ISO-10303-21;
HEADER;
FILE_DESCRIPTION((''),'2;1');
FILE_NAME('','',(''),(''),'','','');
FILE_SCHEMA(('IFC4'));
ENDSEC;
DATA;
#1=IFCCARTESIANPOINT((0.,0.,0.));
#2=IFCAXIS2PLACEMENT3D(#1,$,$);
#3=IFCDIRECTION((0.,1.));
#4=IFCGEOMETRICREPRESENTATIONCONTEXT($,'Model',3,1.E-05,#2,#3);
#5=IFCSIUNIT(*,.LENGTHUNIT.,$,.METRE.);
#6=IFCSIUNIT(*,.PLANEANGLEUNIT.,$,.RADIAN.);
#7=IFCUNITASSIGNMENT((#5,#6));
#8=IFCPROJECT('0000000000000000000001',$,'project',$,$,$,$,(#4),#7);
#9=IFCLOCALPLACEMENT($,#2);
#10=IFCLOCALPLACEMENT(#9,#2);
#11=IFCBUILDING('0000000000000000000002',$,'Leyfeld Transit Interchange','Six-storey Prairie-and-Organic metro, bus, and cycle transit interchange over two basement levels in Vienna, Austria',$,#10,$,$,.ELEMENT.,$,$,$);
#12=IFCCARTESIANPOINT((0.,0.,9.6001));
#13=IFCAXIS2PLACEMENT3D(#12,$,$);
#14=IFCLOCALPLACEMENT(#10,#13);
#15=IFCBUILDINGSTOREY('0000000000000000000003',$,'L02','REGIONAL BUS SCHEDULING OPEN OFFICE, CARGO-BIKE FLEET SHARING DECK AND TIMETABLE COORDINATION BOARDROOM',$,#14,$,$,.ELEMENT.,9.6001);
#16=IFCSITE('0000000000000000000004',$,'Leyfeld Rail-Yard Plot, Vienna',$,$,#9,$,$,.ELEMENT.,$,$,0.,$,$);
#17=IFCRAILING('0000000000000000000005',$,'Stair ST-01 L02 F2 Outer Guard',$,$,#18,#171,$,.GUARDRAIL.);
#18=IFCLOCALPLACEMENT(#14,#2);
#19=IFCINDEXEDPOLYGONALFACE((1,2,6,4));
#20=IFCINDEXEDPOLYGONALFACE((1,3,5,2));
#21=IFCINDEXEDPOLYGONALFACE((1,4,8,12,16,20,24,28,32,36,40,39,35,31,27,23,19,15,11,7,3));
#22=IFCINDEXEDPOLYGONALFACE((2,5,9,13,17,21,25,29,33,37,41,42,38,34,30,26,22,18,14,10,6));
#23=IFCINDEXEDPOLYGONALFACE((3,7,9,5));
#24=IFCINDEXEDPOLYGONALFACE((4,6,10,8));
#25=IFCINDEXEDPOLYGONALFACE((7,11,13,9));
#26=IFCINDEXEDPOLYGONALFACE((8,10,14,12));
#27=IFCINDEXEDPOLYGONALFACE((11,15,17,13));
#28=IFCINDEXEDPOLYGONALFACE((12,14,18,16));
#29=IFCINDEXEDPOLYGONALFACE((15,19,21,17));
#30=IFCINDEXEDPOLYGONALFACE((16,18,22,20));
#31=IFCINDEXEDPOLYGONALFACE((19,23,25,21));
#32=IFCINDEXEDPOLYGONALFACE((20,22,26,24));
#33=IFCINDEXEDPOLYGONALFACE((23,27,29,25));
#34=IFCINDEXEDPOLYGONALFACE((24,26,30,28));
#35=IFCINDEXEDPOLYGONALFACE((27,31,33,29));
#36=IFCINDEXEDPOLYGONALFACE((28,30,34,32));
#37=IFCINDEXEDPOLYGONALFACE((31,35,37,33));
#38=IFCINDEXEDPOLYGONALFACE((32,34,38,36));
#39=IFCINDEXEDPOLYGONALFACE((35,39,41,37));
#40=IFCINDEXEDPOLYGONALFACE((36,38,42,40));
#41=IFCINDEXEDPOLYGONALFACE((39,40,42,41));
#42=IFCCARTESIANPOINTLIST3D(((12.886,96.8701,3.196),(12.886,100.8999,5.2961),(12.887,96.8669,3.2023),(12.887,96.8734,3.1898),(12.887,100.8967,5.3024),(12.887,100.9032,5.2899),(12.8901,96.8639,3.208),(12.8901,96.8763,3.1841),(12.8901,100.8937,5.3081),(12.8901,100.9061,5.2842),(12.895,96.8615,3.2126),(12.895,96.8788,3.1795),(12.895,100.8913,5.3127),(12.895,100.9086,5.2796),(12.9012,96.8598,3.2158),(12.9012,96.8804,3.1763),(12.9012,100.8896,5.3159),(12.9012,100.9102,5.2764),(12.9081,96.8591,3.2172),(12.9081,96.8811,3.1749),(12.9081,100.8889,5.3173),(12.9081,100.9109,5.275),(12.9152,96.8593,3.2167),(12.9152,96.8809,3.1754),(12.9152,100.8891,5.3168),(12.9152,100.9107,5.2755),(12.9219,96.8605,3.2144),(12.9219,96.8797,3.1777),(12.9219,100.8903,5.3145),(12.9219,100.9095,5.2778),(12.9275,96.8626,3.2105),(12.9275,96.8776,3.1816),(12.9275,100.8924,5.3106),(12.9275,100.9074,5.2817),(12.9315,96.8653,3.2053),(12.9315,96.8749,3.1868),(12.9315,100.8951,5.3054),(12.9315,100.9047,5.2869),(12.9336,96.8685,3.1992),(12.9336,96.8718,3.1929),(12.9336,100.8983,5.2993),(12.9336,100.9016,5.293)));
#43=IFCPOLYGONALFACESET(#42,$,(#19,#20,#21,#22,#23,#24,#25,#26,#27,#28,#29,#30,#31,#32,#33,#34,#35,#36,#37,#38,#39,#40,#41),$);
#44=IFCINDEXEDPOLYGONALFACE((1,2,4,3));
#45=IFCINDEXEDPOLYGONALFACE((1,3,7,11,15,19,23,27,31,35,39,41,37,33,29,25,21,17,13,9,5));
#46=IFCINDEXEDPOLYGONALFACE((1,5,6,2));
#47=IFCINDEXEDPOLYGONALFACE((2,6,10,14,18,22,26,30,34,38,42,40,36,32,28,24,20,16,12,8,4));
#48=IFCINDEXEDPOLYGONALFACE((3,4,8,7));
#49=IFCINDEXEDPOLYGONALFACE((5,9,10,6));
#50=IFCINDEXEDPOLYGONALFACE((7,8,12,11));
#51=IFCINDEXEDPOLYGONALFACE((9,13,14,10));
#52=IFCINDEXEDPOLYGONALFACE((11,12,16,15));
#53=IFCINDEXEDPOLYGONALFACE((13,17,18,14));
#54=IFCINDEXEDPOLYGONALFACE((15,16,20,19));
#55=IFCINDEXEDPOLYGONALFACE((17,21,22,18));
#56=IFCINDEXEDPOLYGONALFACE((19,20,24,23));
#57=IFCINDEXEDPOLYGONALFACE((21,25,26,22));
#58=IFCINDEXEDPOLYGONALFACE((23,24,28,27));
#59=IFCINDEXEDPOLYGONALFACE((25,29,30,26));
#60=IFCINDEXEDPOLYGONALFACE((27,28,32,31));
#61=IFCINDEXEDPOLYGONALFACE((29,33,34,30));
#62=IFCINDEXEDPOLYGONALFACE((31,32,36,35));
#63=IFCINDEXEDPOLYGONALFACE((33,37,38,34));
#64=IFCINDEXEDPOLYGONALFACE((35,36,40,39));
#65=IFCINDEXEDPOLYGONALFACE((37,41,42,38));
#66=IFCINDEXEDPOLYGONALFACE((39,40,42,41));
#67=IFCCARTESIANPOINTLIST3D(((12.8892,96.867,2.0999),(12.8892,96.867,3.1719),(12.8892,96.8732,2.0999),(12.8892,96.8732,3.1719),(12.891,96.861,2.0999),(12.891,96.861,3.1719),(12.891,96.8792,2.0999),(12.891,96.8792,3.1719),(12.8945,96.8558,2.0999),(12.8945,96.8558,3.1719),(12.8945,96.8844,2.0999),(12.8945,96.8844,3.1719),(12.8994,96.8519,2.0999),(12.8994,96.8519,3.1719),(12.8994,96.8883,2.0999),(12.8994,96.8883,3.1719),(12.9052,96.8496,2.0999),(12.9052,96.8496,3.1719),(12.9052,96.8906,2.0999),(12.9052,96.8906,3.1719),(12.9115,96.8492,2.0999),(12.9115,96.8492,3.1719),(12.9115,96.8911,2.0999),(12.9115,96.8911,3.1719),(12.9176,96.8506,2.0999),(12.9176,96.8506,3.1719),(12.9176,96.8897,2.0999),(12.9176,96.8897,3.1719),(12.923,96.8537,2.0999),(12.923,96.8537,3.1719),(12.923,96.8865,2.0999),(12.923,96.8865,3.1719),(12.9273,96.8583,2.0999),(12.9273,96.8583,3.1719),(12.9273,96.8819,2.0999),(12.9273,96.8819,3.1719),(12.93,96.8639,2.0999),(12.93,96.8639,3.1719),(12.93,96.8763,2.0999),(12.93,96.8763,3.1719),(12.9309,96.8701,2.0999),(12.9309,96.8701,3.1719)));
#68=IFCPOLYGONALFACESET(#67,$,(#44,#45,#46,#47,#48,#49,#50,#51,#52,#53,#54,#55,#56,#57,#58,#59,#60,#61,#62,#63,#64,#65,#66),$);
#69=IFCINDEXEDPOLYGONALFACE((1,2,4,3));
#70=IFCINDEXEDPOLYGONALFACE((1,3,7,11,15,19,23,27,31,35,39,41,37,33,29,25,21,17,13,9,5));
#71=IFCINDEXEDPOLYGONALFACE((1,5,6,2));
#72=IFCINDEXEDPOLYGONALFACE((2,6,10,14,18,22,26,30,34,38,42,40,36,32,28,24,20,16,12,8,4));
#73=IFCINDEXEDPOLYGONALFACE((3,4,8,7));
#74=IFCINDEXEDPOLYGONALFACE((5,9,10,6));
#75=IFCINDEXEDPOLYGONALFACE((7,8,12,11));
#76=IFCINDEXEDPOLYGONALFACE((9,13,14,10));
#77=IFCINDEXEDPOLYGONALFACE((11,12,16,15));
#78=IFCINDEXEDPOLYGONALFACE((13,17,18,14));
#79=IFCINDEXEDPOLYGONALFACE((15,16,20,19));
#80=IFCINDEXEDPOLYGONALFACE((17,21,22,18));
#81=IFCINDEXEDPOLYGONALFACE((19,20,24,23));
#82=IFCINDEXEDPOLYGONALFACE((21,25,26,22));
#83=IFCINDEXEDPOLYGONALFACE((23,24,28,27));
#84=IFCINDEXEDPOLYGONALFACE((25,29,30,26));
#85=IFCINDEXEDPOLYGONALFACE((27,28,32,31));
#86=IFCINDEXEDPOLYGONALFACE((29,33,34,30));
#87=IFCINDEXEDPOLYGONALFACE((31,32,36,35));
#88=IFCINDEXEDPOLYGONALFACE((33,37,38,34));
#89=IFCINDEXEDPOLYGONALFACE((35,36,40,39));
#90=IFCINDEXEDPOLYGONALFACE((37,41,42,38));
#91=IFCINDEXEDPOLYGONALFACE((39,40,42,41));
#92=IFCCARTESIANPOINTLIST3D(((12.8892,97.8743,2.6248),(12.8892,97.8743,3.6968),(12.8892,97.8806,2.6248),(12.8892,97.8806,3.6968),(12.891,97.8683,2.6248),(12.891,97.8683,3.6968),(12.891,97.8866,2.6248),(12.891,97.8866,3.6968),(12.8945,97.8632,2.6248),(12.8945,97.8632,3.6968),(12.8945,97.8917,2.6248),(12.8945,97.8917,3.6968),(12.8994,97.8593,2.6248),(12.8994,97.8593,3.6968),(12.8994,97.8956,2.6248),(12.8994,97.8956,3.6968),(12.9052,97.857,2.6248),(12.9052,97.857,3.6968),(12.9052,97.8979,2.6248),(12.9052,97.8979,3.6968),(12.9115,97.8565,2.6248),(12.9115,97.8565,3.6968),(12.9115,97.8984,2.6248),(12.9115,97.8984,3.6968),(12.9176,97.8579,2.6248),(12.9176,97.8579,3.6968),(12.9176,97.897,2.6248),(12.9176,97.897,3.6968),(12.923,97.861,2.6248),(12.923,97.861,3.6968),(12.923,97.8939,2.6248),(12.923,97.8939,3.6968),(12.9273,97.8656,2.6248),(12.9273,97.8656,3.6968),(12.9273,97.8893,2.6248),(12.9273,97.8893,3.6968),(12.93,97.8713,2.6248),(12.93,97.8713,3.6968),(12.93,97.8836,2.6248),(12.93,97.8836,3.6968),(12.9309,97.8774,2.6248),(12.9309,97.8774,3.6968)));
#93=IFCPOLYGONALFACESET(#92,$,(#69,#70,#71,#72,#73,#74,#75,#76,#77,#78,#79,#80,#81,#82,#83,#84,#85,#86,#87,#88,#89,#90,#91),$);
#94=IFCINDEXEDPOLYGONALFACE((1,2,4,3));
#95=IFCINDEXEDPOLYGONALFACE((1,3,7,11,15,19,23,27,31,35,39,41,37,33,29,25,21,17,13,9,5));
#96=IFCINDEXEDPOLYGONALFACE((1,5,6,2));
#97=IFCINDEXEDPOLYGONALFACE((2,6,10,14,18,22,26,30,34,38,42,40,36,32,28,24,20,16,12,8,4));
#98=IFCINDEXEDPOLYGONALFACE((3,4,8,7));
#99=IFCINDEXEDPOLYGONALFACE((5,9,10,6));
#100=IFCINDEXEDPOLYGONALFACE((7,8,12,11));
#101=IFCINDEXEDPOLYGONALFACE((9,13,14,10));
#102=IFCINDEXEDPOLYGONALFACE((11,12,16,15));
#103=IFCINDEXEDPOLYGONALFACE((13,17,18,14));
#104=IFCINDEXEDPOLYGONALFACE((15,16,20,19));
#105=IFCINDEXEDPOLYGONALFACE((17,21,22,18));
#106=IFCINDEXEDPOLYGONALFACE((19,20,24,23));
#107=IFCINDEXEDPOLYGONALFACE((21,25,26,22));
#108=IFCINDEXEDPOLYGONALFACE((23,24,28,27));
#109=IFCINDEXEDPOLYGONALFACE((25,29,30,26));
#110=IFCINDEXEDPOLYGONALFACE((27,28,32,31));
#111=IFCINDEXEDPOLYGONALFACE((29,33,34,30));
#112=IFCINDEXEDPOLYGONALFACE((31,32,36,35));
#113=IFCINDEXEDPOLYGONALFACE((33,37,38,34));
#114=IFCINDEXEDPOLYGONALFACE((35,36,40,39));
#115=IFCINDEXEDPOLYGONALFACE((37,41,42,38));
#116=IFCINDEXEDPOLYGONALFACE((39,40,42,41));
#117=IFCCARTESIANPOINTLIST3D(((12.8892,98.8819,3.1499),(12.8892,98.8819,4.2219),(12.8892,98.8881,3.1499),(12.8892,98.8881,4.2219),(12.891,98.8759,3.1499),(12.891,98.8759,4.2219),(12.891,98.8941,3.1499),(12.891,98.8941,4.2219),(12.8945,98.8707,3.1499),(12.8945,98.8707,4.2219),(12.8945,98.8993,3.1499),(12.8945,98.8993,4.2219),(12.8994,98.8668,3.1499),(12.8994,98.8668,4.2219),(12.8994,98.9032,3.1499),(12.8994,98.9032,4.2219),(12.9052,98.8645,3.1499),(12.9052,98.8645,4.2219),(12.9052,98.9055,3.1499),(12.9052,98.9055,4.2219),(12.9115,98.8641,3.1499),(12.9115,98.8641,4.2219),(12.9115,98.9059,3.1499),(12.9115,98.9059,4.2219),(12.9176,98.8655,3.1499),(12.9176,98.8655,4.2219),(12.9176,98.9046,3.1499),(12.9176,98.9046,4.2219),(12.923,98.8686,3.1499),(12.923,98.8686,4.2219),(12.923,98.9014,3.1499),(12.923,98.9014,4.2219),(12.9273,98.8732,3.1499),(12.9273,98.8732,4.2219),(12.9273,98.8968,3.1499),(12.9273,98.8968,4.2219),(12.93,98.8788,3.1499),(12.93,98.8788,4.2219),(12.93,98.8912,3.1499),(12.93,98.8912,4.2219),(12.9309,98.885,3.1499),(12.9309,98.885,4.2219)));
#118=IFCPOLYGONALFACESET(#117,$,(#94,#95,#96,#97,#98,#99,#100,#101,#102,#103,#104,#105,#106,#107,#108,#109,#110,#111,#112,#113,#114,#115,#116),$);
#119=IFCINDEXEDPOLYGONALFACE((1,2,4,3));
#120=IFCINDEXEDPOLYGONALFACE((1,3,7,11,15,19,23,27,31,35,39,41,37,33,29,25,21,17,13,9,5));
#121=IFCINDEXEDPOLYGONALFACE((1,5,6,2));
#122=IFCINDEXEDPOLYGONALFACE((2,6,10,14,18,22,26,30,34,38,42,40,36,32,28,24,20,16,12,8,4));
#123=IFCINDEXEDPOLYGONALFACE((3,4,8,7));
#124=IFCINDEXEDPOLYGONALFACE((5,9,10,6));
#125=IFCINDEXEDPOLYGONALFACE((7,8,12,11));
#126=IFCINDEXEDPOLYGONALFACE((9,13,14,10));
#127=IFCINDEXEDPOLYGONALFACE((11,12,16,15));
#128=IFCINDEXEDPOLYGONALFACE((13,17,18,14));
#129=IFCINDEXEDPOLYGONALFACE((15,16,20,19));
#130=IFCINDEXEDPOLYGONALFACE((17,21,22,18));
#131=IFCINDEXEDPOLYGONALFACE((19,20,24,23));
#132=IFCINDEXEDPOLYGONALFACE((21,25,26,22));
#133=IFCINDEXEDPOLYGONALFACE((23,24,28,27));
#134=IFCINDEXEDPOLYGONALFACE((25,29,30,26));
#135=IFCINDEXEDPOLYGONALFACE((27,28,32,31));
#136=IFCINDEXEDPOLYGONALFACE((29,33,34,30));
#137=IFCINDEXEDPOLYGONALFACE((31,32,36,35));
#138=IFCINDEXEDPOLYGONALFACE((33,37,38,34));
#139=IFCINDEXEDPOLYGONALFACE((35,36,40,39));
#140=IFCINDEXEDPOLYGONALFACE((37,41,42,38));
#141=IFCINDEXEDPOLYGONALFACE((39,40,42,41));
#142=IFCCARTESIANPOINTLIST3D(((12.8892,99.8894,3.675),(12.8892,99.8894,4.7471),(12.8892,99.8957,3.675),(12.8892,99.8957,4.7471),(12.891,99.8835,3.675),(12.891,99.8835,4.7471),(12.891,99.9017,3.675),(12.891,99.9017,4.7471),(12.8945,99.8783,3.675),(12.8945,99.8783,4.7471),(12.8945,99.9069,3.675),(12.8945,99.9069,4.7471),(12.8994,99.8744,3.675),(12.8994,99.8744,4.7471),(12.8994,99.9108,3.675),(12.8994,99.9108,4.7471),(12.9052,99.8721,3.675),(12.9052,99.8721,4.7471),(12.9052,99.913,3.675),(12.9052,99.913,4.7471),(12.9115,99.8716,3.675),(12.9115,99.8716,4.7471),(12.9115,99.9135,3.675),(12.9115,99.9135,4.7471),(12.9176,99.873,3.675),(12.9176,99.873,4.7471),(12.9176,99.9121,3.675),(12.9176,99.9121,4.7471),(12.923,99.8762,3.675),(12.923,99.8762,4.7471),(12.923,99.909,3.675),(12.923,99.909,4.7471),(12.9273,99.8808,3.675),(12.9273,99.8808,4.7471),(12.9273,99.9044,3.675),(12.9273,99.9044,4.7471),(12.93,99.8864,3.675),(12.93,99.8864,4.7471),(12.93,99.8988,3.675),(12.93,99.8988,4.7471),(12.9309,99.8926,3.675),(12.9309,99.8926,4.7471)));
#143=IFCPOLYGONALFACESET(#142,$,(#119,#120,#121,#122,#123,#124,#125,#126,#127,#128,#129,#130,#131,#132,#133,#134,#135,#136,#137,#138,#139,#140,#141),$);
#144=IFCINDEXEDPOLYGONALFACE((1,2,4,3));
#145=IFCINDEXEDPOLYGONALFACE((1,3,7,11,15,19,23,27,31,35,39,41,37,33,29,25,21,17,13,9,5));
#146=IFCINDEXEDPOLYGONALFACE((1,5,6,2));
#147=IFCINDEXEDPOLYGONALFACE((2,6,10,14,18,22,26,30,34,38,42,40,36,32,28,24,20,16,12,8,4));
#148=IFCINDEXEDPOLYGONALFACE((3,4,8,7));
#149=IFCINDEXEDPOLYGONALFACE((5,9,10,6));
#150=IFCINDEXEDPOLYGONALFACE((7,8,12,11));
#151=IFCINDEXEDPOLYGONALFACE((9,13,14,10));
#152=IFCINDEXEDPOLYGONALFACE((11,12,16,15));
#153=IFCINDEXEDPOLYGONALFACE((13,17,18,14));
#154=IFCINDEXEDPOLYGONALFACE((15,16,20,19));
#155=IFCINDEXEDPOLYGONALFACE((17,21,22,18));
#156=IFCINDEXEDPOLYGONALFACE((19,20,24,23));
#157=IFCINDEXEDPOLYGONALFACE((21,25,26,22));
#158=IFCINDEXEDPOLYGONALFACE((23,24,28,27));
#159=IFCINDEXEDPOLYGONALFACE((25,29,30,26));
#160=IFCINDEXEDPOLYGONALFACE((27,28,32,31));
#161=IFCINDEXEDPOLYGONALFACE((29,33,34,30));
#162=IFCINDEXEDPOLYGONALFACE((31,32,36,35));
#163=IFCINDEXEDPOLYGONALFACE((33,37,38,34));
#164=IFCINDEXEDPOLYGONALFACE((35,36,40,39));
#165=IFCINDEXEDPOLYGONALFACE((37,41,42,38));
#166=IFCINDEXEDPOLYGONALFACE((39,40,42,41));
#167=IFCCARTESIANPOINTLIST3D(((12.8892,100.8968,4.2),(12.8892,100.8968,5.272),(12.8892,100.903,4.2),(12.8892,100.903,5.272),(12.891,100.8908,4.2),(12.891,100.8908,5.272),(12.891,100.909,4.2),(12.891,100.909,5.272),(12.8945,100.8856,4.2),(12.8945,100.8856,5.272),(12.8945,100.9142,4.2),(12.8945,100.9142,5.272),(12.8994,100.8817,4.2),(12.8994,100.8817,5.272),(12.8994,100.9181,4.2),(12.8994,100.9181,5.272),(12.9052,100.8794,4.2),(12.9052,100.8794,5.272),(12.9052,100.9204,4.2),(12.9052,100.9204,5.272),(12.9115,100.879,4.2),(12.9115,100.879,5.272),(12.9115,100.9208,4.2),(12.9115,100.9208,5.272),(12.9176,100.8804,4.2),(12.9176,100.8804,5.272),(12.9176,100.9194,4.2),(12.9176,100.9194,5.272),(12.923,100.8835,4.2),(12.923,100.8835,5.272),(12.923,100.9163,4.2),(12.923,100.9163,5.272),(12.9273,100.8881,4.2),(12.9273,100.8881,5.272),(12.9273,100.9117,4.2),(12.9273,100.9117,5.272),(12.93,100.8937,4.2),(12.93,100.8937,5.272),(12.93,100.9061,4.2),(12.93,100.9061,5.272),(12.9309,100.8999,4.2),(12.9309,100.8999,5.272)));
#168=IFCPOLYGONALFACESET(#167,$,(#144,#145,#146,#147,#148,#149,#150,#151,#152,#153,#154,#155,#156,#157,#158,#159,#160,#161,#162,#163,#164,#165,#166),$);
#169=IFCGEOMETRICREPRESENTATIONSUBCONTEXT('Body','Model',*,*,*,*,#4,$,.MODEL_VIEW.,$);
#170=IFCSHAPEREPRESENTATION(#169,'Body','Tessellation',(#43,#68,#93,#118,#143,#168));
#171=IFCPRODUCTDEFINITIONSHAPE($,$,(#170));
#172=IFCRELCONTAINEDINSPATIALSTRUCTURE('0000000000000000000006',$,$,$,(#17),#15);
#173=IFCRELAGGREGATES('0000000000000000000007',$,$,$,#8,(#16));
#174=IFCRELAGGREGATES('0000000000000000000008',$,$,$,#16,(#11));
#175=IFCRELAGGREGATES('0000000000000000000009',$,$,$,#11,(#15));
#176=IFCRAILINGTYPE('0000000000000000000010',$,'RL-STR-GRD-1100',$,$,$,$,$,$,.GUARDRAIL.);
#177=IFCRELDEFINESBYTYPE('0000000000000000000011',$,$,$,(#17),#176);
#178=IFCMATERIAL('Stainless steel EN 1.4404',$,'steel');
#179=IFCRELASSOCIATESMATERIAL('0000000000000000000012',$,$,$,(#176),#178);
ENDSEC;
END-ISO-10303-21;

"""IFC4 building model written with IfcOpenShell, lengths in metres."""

from ifc_helpers import new_model, si_unit, direction, frame, origin, origin_2d, place, context, subcontext, project, spatial, circle, extrude, material, type_object, element, save


model = new_model("IFC4")

# Units and contexts
model_context = context("Model", 3, precision=1e-05, world=origin(), true_north=direction((0.0, 1.0)))
body_context = subcontext(model_context, "Body", "Model", "MODEL_VIEW")
ifc_project = project(units=[si_unit("LENGTHUNIT", "METRE"), si_unit("PLANEANGLEUNIT", "RADIAN")], contexts=[model_context])

# Site, building, storey
site_placement = place(None, origin())
site = spatial("IfcSite", under=ifc_project, at=site_placement, Name="Leyfeld Rail-Yard Plot, Vienna", CompositionType="ELEMENT", RefElevation=0.0)
building_placement = place(site_placement, origin())
building = spatial("IfcBuilding", under=site, at=building_placement, Name="Leyfeld Transit Interchange", Description="Six-storey Prairie-and-Organic metro, bus, and cycle transit interchange over two basement levels in Vienna, Austria", CompositionType="ELEMENT")
storey_placement = place(building_placement, frame((0.0, 0.0, 9.6001)))
storey = spatial("IfcBuildingStorey", under=building, at=storey_placement, Name="L02", Description="REGIONAL BUS SCHEDULING OPEN OFFICE, CARGO-BIKE FLEET SHARING DECK AND TIMETABLE COORDINATION BOARDROOM", CompositionType="ELEMENT", Elevation=9.6001)

# Shared definitions
ifc_material_1 = material(Name="Stainless steel EN 1.4404", Category="steel")

# Railing
railing_type_1 = type_object("IfcRailingType", Name="RL-STR-GRD-1100", PredefinedType="GUARDRAIL", material=ifc_material_1)
for number, where, name in (
    (1, (12.9099, 96.8701, 2.0999), "Stair ST-01 L02 F2 Outer Guard"),
):
    element("IfcRailing", number, at=place(storey_placement, frame(where)), inside=storey, type_object=railing_type_1, Name=name, PredefinedType="GUARDRAIL", context=body_context, shape_type="SweptSolid", body=[
        extrude(circle(Radius=0.0239, at=origin_2d()), frame((0.0, 0.0, 1.0962), z_axis=(0.0, 0.886801, 0.462151), x_axis=(-1.0, 0.0, 0.0)), (0.0, 0.0, 1.0), 4.5442),
        extrude(circle(Radius=0.021, at=origin_2d()), origin(), (0.0, 0.0, 1.0), 1.072),
        extrude(circle(Radius=0.021, at=origin_2d()), frame((0.0, 1.0073, 0.5249)), (0.0, 0.0, 1.0), 1.072),
        extrude(circle(Radius=0.021, at=origin_2d()), frame((0.0, 2.0149, 1.05)), (0.0, 0.0, 1.0), 1.072),
        extrude(circle(Radius=0.021, at=origin_2d()), frame((0.0, 3.0225, 1.5752)), (0.0, 0.0, 1.0), 1.072),
        extrude(circle(Radius=0.021, at=origin_2d()), frame((0.0, 4.0298, 2.1001)), (0.0, 0.0, 1.0), 1.072),
    ])

save(model, "model.ifc")
